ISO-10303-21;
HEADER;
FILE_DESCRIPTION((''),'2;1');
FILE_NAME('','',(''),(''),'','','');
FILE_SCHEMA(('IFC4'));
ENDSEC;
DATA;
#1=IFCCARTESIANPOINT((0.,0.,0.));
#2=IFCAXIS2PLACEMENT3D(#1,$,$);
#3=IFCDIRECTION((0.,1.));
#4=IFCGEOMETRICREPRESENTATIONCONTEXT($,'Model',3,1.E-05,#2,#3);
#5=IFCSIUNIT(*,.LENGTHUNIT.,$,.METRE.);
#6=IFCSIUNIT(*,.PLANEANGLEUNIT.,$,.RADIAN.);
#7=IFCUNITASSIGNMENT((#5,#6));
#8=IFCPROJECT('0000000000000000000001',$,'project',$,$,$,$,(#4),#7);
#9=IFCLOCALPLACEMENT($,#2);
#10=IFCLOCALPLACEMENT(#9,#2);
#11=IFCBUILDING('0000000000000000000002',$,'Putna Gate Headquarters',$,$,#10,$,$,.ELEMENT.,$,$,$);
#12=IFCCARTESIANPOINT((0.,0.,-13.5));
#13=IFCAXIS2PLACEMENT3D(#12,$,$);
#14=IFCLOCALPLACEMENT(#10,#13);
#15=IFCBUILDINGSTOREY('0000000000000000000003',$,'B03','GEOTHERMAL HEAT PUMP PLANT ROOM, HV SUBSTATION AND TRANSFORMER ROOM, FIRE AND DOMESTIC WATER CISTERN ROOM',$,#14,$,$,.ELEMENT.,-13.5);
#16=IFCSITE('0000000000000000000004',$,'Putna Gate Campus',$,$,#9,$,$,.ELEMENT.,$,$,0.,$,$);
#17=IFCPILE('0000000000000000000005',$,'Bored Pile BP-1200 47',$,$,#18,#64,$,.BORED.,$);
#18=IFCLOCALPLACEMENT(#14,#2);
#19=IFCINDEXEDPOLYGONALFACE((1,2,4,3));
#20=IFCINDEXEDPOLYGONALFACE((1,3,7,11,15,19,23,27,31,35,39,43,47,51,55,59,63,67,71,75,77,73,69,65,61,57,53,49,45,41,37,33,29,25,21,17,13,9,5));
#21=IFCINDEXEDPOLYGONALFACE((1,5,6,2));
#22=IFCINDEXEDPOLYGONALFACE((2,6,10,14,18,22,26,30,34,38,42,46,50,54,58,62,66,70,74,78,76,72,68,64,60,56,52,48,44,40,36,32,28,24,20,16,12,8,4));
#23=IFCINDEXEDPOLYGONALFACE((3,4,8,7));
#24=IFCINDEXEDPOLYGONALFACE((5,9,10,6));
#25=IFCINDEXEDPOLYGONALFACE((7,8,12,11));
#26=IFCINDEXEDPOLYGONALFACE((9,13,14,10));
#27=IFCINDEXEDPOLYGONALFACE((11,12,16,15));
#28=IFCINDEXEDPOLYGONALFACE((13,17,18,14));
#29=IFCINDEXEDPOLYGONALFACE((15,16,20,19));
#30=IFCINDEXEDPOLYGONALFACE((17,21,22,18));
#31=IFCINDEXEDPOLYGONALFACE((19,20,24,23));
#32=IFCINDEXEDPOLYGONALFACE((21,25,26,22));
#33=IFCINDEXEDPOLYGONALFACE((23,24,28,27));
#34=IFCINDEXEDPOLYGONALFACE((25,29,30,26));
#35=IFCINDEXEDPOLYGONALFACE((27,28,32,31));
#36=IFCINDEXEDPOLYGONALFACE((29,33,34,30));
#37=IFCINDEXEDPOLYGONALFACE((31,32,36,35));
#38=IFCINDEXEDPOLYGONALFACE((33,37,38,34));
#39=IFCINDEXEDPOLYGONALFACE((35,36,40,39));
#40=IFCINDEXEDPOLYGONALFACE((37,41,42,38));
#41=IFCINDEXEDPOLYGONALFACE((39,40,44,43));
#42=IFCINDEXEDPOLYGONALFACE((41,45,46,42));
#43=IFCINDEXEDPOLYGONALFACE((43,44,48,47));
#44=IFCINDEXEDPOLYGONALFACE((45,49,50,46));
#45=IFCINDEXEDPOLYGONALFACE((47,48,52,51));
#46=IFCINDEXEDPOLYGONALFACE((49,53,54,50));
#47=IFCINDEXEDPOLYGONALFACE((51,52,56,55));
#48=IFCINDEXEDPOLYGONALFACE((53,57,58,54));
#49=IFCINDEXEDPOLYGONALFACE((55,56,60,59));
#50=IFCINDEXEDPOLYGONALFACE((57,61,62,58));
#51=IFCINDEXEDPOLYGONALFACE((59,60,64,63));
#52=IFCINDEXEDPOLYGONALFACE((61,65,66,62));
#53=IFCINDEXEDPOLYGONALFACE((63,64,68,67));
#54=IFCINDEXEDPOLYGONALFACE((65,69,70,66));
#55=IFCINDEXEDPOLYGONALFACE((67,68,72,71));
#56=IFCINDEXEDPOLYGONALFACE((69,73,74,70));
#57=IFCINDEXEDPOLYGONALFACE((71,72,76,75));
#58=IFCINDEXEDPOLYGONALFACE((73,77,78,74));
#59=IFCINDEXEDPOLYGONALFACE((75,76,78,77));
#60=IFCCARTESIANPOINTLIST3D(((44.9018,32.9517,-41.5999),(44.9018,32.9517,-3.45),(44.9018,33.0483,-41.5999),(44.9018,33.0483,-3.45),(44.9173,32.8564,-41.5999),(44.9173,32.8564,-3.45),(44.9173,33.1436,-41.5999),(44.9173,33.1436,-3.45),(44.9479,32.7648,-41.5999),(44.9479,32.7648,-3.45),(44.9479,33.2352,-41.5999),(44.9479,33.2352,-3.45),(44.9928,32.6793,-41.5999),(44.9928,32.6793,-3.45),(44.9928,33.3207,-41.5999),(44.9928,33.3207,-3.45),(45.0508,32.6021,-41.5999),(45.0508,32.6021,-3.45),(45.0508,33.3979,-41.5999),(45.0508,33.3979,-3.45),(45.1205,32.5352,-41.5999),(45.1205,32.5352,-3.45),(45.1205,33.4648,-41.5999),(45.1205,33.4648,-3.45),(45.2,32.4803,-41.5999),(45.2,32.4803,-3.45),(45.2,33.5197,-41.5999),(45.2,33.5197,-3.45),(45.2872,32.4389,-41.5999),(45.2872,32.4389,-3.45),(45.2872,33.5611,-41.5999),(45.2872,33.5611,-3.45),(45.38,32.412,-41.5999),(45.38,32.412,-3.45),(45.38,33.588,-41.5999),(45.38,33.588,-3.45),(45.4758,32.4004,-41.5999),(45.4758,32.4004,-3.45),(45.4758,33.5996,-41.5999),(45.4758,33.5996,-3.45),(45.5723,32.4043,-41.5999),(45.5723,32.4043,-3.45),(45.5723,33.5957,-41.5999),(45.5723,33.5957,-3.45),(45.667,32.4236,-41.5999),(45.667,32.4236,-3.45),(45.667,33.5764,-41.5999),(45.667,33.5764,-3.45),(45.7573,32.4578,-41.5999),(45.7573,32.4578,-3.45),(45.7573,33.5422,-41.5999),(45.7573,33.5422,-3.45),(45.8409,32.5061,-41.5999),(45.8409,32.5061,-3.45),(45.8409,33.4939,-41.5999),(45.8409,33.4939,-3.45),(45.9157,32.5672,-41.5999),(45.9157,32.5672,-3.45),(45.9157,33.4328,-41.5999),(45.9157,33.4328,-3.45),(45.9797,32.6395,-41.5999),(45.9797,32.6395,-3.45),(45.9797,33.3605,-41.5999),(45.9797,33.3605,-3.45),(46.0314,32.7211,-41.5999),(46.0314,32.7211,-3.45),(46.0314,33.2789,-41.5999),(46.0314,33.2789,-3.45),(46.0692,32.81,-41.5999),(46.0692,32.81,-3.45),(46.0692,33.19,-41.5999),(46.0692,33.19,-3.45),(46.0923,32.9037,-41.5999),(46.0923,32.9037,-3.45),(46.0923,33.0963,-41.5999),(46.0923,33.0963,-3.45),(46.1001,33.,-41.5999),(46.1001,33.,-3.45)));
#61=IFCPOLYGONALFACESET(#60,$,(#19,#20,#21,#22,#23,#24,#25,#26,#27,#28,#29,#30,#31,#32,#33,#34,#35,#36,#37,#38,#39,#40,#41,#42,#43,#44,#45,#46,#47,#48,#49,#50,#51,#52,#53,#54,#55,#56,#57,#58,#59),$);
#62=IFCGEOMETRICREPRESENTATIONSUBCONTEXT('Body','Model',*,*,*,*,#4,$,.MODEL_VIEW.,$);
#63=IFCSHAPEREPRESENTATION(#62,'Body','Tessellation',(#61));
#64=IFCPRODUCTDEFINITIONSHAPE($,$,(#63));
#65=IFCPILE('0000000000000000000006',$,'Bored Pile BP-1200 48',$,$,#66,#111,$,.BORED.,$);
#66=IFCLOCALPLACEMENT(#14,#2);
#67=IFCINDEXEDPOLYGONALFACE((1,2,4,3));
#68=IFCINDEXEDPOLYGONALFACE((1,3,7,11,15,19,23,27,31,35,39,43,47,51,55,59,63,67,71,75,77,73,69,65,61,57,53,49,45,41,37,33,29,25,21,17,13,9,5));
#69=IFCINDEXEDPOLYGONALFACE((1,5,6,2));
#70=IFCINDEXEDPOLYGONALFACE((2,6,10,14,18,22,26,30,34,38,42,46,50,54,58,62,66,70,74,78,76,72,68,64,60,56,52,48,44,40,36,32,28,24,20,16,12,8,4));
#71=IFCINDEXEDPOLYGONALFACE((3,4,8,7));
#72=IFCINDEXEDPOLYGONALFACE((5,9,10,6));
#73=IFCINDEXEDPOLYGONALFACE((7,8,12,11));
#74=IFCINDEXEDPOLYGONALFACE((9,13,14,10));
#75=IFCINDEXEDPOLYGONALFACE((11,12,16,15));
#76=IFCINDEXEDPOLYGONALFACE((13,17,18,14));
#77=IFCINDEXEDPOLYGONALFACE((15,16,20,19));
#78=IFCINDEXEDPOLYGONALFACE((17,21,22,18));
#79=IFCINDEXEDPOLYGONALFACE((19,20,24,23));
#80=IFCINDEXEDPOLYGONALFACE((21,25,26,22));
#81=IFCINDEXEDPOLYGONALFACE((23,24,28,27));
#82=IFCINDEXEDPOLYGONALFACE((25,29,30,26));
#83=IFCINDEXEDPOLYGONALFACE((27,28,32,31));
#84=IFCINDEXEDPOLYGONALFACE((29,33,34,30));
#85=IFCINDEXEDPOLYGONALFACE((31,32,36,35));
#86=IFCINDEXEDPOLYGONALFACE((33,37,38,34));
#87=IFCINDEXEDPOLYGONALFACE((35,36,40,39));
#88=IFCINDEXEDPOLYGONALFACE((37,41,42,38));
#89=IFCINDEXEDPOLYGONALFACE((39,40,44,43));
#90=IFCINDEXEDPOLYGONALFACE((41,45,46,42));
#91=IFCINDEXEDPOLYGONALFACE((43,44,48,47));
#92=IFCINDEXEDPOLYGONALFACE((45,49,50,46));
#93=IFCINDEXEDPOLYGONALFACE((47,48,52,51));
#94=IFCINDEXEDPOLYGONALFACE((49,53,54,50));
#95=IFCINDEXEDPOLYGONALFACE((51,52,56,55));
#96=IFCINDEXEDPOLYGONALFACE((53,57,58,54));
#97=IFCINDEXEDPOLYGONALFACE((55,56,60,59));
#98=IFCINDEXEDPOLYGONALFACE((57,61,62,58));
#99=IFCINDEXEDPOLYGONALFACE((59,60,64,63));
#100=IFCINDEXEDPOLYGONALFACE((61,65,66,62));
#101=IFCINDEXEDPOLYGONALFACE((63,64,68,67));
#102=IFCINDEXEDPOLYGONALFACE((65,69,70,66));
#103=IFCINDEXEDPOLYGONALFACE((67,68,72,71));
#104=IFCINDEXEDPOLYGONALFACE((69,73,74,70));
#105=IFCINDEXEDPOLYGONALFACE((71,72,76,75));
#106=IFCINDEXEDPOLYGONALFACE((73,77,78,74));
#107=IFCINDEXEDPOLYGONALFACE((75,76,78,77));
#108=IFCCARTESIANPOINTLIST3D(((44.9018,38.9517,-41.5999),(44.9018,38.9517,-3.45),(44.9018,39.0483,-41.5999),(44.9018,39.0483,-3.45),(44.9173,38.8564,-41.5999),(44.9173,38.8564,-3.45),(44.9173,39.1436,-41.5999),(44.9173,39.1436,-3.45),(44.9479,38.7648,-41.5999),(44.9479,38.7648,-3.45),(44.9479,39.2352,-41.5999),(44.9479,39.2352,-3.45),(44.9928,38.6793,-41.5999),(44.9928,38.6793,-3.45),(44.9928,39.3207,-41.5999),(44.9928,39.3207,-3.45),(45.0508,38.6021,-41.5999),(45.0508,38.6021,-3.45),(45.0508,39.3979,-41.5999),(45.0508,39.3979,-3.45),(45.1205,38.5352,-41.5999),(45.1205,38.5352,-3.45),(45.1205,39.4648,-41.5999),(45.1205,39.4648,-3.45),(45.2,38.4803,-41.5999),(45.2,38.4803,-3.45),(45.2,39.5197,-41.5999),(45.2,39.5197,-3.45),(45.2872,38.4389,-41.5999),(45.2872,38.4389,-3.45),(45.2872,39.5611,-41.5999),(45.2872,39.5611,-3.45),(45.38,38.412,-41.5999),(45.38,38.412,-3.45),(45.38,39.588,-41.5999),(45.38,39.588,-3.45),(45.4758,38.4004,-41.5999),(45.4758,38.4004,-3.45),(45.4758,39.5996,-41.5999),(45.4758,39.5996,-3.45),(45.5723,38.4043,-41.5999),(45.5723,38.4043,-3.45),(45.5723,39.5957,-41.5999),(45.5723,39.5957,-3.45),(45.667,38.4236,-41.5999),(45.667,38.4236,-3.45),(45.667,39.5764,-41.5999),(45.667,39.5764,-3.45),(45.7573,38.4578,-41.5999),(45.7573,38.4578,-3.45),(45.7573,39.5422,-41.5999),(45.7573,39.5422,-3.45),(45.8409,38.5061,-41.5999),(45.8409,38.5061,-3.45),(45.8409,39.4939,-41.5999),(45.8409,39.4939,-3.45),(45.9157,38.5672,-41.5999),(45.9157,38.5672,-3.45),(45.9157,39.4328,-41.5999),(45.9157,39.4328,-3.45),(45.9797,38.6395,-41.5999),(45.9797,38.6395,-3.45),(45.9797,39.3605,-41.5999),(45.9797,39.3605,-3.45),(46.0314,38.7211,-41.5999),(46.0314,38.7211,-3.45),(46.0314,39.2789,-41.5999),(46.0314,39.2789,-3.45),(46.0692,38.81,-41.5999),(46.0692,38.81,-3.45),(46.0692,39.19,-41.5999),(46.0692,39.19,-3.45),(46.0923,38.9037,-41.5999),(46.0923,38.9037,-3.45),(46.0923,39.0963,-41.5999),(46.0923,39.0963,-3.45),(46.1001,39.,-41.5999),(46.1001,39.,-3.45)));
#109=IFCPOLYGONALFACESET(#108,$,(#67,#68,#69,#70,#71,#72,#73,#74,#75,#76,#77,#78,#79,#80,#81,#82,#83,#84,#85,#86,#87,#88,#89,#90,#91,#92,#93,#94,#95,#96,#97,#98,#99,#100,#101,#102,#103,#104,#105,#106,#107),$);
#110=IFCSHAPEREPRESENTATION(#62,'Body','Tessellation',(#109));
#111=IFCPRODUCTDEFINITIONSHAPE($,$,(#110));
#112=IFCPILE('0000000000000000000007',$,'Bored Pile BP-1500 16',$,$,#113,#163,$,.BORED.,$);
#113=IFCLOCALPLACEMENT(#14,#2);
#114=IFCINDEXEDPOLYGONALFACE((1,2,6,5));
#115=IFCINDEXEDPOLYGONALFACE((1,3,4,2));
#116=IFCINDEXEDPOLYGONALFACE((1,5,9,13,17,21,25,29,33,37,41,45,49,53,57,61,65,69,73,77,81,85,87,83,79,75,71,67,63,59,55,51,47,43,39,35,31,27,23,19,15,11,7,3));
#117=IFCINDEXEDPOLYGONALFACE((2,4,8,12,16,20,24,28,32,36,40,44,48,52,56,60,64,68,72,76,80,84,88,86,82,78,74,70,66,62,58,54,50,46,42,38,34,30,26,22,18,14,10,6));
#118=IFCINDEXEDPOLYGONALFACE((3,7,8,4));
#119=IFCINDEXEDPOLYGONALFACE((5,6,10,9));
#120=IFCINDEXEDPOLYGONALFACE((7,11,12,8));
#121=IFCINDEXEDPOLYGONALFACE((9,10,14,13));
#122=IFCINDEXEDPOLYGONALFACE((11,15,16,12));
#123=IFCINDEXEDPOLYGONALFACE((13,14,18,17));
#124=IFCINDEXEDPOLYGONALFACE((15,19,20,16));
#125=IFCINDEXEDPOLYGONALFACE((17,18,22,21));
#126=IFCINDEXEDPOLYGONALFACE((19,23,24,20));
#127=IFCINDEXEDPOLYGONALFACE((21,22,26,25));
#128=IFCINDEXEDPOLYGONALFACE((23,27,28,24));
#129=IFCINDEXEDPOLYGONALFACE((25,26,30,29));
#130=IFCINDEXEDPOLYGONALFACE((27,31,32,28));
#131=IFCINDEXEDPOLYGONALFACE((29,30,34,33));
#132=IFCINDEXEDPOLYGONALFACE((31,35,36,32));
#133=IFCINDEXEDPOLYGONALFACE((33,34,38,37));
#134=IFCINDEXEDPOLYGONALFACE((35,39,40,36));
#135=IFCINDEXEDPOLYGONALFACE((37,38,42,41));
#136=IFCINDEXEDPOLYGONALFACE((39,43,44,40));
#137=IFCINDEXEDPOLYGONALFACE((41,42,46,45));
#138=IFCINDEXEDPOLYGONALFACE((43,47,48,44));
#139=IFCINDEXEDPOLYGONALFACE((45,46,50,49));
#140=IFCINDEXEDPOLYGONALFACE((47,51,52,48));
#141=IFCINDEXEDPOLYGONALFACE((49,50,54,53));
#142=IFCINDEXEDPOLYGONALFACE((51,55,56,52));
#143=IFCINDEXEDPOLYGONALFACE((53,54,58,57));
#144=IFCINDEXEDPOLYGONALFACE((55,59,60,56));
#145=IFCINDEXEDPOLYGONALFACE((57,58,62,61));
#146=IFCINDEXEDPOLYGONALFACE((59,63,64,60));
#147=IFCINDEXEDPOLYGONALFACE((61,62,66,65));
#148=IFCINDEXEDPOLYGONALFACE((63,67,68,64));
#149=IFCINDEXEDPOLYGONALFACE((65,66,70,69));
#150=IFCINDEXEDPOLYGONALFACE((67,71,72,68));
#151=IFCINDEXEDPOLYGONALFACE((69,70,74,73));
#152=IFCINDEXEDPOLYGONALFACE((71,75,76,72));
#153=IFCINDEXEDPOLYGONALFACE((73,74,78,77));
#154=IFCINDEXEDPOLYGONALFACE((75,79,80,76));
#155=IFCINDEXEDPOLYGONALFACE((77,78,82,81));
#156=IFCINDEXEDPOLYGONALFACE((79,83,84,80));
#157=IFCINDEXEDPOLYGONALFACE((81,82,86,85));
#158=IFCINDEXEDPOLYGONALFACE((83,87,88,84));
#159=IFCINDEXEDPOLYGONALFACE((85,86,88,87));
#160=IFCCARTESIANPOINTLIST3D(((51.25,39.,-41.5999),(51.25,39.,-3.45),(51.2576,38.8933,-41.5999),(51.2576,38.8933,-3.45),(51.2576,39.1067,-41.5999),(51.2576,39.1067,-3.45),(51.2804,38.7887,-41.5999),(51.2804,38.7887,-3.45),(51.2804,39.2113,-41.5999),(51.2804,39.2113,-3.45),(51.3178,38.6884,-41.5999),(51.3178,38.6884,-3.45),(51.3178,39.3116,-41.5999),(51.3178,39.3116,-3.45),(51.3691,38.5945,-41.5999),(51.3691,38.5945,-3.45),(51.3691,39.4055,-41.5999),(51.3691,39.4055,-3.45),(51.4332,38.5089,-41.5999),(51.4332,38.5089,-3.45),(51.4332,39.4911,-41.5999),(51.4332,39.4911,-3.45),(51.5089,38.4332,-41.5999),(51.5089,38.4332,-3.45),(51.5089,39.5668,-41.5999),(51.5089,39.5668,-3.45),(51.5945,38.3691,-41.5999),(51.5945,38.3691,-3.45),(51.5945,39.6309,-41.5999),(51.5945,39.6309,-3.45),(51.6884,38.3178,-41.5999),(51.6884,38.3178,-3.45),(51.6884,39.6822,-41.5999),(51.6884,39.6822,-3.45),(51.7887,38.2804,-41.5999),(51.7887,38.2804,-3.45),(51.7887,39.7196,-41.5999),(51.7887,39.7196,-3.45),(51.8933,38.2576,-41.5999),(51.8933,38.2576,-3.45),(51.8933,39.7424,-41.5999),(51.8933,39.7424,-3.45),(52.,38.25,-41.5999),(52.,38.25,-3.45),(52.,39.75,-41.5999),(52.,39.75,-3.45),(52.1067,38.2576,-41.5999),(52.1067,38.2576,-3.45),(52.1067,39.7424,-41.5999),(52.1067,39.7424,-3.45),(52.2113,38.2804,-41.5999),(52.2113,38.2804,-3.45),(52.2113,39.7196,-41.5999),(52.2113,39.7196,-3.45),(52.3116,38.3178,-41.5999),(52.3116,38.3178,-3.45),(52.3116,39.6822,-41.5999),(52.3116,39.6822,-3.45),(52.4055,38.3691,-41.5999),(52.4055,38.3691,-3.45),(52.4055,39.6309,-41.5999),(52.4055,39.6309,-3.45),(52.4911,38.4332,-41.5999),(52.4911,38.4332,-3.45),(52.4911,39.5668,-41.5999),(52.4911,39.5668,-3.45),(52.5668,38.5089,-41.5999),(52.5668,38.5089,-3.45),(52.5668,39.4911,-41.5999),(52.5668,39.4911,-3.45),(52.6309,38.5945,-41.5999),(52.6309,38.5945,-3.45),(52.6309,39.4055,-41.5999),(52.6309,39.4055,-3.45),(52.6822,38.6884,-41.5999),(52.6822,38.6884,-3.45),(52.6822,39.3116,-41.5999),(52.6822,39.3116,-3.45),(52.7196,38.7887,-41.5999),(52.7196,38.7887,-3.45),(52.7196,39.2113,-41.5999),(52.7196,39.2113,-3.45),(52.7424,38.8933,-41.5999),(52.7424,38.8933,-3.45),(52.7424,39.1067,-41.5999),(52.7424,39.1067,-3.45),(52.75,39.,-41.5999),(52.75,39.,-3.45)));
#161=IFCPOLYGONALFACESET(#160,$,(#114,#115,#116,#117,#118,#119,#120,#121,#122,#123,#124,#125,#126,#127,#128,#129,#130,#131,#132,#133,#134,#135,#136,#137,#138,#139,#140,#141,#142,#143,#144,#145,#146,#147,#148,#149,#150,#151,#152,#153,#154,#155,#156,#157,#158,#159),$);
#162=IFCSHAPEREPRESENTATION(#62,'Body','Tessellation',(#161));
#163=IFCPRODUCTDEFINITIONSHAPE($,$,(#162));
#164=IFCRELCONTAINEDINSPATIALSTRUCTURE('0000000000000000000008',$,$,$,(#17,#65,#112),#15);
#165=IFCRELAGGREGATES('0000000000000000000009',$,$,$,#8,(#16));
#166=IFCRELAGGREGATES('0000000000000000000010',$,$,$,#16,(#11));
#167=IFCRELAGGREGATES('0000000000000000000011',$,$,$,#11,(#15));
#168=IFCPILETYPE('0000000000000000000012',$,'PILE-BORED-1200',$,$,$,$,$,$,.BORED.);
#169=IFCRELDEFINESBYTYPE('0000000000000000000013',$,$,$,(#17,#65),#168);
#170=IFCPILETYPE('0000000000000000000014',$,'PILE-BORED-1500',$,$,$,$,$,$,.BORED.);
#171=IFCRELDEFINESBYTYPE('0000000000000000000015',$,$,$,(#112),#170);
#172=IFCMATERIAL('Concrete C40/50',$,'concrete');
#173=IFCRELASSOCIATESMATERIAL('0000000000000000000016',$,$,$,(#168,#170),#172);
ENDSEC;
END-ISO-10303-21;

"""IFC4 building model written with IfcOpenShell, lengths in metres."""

from ifc_helpers import new_model, si_unit, direction, frame, origin, origin_2d, place, context, subcontext, project, spatial, circle, extrude, material, material_profile, profile_set, type_object, element, save


model = new_model("IFC4")

# Units and contexts
model_context = context("Model", 3, precision=1e-05, world=origin(), true_north=direction((0.0, 1.0)))
body_context = subcontext(model_context, "Body", "Model", "MODEL_VIEW")
ifc_project = project(units=[si_unit("LENGTHUNIT", "METRE"), si_unit("PLANEANGLEUNIT", "RADIAN")], contexts=[model_context])

# Site, building, storey
site_placement = place(None, origin())
site = spatial("IfcSite", under=ifc_project, at=site_placement, Name="Putna Gate Campus", CompositionType="ELEMENT", RefElevation=0.0)
building_placement = place(site_placement, origin())
building = spatial("IfcBuilding", under=site, at=building_placement, Name="Putna Gate Headquarters", CompositionType="ELEMENT")
storey_placement = place(building_placement, frame((0.0, 0.0, -13.5)))
storey = spatial("IfcBuildingStorey", under=building, at=storey_placement, Name="B03", Description="GEOTHERMAL HEAT PUMP PLANT ROOM, HV SUBSTATION AND TRANSFORMER ROOM, FIRE AND DOMESTIC WATER CISTERN ROOM", CompositionType="ELEMENT", Elevation=-13.5)

# Piles
ifc_material_1 = material(Name="Concrete C40/50", Category="concrete")
ifc_material_profile_1 = material_profile(ifc_material_1, circle(Radius=0.6001, at=origin_2d()), Name="Concrete C40/50")
ifc_profile_set_1 = profile_set([ifc_material_profile_1], Name="Concrete C40/50")
pile_type_1 = type_object("IfcPileType", Name="PILE-BORED-1200", PredefinedType="BORED", material=ifc_profile_set_1)
for number, where, z_axis, x_axis, name in (
    (1, (45.5, 33.0, -3.45), (0.0, 0.0, -1.0), (1.0, 0.0, 0.0), "Bored Pile BP-1200 47"),
    (2, (45.5, 39.0, -3.45), (0.0, 0.0, -1.0), (1.0, 0.0, 0.0), "Bored Pile BP-1200 48"),
):
    element("IfcPile", number, at=place(storey_placement, frame(where, z_axis=z_axis, x_axis=x_axis)), inside=storey, type_object=pile_type_1, Name=name, PredefinedType="BORED", context=body_context, shape_type="SweptSolid", body=[
        extrude(circle(Radius=0.6001, at=origin_2d()), origin(), (0.0, 0.0, 1.0), 38.1499),
    ])
ifc_material_profile_2 = material_profile(ifc_material_1, circle(Radius=0.75, at=origin_2d()), Name="Concrete C40/50")
ifc_profile_set_2 = profile_set([ifc_material_profile_2], Name="Concrete C40/50")
pile_type_2 = type_object("IfcPileType", Name="PILE-BORED-1500", PredefinedType="BORED", material=ifc_profile_set_2)
for number, where, z_axis, x_axis, name in (
    (3, (52.0, 39.0, -3.45), (0.0, 0.0, -1.0), (1.0, 0.0, 0.0), "Bored Pile BP-1500 16"),
):
    element("IfcPile", number, at=place(storey_placement, frame(where, z_axis=z_axis, x_axis=x_axis)), inside=storey, type_object=pile_type_2, Name=name, PredefinedType="BORED", context=body_context, shape_type="SweptSolid", body=[
        extrude(circle(Radius=0.75, at=origin_2d()), origin(), (0.0, 0.0, 1.0), 38.1499),
    ])

save(model, "model.ifc")
